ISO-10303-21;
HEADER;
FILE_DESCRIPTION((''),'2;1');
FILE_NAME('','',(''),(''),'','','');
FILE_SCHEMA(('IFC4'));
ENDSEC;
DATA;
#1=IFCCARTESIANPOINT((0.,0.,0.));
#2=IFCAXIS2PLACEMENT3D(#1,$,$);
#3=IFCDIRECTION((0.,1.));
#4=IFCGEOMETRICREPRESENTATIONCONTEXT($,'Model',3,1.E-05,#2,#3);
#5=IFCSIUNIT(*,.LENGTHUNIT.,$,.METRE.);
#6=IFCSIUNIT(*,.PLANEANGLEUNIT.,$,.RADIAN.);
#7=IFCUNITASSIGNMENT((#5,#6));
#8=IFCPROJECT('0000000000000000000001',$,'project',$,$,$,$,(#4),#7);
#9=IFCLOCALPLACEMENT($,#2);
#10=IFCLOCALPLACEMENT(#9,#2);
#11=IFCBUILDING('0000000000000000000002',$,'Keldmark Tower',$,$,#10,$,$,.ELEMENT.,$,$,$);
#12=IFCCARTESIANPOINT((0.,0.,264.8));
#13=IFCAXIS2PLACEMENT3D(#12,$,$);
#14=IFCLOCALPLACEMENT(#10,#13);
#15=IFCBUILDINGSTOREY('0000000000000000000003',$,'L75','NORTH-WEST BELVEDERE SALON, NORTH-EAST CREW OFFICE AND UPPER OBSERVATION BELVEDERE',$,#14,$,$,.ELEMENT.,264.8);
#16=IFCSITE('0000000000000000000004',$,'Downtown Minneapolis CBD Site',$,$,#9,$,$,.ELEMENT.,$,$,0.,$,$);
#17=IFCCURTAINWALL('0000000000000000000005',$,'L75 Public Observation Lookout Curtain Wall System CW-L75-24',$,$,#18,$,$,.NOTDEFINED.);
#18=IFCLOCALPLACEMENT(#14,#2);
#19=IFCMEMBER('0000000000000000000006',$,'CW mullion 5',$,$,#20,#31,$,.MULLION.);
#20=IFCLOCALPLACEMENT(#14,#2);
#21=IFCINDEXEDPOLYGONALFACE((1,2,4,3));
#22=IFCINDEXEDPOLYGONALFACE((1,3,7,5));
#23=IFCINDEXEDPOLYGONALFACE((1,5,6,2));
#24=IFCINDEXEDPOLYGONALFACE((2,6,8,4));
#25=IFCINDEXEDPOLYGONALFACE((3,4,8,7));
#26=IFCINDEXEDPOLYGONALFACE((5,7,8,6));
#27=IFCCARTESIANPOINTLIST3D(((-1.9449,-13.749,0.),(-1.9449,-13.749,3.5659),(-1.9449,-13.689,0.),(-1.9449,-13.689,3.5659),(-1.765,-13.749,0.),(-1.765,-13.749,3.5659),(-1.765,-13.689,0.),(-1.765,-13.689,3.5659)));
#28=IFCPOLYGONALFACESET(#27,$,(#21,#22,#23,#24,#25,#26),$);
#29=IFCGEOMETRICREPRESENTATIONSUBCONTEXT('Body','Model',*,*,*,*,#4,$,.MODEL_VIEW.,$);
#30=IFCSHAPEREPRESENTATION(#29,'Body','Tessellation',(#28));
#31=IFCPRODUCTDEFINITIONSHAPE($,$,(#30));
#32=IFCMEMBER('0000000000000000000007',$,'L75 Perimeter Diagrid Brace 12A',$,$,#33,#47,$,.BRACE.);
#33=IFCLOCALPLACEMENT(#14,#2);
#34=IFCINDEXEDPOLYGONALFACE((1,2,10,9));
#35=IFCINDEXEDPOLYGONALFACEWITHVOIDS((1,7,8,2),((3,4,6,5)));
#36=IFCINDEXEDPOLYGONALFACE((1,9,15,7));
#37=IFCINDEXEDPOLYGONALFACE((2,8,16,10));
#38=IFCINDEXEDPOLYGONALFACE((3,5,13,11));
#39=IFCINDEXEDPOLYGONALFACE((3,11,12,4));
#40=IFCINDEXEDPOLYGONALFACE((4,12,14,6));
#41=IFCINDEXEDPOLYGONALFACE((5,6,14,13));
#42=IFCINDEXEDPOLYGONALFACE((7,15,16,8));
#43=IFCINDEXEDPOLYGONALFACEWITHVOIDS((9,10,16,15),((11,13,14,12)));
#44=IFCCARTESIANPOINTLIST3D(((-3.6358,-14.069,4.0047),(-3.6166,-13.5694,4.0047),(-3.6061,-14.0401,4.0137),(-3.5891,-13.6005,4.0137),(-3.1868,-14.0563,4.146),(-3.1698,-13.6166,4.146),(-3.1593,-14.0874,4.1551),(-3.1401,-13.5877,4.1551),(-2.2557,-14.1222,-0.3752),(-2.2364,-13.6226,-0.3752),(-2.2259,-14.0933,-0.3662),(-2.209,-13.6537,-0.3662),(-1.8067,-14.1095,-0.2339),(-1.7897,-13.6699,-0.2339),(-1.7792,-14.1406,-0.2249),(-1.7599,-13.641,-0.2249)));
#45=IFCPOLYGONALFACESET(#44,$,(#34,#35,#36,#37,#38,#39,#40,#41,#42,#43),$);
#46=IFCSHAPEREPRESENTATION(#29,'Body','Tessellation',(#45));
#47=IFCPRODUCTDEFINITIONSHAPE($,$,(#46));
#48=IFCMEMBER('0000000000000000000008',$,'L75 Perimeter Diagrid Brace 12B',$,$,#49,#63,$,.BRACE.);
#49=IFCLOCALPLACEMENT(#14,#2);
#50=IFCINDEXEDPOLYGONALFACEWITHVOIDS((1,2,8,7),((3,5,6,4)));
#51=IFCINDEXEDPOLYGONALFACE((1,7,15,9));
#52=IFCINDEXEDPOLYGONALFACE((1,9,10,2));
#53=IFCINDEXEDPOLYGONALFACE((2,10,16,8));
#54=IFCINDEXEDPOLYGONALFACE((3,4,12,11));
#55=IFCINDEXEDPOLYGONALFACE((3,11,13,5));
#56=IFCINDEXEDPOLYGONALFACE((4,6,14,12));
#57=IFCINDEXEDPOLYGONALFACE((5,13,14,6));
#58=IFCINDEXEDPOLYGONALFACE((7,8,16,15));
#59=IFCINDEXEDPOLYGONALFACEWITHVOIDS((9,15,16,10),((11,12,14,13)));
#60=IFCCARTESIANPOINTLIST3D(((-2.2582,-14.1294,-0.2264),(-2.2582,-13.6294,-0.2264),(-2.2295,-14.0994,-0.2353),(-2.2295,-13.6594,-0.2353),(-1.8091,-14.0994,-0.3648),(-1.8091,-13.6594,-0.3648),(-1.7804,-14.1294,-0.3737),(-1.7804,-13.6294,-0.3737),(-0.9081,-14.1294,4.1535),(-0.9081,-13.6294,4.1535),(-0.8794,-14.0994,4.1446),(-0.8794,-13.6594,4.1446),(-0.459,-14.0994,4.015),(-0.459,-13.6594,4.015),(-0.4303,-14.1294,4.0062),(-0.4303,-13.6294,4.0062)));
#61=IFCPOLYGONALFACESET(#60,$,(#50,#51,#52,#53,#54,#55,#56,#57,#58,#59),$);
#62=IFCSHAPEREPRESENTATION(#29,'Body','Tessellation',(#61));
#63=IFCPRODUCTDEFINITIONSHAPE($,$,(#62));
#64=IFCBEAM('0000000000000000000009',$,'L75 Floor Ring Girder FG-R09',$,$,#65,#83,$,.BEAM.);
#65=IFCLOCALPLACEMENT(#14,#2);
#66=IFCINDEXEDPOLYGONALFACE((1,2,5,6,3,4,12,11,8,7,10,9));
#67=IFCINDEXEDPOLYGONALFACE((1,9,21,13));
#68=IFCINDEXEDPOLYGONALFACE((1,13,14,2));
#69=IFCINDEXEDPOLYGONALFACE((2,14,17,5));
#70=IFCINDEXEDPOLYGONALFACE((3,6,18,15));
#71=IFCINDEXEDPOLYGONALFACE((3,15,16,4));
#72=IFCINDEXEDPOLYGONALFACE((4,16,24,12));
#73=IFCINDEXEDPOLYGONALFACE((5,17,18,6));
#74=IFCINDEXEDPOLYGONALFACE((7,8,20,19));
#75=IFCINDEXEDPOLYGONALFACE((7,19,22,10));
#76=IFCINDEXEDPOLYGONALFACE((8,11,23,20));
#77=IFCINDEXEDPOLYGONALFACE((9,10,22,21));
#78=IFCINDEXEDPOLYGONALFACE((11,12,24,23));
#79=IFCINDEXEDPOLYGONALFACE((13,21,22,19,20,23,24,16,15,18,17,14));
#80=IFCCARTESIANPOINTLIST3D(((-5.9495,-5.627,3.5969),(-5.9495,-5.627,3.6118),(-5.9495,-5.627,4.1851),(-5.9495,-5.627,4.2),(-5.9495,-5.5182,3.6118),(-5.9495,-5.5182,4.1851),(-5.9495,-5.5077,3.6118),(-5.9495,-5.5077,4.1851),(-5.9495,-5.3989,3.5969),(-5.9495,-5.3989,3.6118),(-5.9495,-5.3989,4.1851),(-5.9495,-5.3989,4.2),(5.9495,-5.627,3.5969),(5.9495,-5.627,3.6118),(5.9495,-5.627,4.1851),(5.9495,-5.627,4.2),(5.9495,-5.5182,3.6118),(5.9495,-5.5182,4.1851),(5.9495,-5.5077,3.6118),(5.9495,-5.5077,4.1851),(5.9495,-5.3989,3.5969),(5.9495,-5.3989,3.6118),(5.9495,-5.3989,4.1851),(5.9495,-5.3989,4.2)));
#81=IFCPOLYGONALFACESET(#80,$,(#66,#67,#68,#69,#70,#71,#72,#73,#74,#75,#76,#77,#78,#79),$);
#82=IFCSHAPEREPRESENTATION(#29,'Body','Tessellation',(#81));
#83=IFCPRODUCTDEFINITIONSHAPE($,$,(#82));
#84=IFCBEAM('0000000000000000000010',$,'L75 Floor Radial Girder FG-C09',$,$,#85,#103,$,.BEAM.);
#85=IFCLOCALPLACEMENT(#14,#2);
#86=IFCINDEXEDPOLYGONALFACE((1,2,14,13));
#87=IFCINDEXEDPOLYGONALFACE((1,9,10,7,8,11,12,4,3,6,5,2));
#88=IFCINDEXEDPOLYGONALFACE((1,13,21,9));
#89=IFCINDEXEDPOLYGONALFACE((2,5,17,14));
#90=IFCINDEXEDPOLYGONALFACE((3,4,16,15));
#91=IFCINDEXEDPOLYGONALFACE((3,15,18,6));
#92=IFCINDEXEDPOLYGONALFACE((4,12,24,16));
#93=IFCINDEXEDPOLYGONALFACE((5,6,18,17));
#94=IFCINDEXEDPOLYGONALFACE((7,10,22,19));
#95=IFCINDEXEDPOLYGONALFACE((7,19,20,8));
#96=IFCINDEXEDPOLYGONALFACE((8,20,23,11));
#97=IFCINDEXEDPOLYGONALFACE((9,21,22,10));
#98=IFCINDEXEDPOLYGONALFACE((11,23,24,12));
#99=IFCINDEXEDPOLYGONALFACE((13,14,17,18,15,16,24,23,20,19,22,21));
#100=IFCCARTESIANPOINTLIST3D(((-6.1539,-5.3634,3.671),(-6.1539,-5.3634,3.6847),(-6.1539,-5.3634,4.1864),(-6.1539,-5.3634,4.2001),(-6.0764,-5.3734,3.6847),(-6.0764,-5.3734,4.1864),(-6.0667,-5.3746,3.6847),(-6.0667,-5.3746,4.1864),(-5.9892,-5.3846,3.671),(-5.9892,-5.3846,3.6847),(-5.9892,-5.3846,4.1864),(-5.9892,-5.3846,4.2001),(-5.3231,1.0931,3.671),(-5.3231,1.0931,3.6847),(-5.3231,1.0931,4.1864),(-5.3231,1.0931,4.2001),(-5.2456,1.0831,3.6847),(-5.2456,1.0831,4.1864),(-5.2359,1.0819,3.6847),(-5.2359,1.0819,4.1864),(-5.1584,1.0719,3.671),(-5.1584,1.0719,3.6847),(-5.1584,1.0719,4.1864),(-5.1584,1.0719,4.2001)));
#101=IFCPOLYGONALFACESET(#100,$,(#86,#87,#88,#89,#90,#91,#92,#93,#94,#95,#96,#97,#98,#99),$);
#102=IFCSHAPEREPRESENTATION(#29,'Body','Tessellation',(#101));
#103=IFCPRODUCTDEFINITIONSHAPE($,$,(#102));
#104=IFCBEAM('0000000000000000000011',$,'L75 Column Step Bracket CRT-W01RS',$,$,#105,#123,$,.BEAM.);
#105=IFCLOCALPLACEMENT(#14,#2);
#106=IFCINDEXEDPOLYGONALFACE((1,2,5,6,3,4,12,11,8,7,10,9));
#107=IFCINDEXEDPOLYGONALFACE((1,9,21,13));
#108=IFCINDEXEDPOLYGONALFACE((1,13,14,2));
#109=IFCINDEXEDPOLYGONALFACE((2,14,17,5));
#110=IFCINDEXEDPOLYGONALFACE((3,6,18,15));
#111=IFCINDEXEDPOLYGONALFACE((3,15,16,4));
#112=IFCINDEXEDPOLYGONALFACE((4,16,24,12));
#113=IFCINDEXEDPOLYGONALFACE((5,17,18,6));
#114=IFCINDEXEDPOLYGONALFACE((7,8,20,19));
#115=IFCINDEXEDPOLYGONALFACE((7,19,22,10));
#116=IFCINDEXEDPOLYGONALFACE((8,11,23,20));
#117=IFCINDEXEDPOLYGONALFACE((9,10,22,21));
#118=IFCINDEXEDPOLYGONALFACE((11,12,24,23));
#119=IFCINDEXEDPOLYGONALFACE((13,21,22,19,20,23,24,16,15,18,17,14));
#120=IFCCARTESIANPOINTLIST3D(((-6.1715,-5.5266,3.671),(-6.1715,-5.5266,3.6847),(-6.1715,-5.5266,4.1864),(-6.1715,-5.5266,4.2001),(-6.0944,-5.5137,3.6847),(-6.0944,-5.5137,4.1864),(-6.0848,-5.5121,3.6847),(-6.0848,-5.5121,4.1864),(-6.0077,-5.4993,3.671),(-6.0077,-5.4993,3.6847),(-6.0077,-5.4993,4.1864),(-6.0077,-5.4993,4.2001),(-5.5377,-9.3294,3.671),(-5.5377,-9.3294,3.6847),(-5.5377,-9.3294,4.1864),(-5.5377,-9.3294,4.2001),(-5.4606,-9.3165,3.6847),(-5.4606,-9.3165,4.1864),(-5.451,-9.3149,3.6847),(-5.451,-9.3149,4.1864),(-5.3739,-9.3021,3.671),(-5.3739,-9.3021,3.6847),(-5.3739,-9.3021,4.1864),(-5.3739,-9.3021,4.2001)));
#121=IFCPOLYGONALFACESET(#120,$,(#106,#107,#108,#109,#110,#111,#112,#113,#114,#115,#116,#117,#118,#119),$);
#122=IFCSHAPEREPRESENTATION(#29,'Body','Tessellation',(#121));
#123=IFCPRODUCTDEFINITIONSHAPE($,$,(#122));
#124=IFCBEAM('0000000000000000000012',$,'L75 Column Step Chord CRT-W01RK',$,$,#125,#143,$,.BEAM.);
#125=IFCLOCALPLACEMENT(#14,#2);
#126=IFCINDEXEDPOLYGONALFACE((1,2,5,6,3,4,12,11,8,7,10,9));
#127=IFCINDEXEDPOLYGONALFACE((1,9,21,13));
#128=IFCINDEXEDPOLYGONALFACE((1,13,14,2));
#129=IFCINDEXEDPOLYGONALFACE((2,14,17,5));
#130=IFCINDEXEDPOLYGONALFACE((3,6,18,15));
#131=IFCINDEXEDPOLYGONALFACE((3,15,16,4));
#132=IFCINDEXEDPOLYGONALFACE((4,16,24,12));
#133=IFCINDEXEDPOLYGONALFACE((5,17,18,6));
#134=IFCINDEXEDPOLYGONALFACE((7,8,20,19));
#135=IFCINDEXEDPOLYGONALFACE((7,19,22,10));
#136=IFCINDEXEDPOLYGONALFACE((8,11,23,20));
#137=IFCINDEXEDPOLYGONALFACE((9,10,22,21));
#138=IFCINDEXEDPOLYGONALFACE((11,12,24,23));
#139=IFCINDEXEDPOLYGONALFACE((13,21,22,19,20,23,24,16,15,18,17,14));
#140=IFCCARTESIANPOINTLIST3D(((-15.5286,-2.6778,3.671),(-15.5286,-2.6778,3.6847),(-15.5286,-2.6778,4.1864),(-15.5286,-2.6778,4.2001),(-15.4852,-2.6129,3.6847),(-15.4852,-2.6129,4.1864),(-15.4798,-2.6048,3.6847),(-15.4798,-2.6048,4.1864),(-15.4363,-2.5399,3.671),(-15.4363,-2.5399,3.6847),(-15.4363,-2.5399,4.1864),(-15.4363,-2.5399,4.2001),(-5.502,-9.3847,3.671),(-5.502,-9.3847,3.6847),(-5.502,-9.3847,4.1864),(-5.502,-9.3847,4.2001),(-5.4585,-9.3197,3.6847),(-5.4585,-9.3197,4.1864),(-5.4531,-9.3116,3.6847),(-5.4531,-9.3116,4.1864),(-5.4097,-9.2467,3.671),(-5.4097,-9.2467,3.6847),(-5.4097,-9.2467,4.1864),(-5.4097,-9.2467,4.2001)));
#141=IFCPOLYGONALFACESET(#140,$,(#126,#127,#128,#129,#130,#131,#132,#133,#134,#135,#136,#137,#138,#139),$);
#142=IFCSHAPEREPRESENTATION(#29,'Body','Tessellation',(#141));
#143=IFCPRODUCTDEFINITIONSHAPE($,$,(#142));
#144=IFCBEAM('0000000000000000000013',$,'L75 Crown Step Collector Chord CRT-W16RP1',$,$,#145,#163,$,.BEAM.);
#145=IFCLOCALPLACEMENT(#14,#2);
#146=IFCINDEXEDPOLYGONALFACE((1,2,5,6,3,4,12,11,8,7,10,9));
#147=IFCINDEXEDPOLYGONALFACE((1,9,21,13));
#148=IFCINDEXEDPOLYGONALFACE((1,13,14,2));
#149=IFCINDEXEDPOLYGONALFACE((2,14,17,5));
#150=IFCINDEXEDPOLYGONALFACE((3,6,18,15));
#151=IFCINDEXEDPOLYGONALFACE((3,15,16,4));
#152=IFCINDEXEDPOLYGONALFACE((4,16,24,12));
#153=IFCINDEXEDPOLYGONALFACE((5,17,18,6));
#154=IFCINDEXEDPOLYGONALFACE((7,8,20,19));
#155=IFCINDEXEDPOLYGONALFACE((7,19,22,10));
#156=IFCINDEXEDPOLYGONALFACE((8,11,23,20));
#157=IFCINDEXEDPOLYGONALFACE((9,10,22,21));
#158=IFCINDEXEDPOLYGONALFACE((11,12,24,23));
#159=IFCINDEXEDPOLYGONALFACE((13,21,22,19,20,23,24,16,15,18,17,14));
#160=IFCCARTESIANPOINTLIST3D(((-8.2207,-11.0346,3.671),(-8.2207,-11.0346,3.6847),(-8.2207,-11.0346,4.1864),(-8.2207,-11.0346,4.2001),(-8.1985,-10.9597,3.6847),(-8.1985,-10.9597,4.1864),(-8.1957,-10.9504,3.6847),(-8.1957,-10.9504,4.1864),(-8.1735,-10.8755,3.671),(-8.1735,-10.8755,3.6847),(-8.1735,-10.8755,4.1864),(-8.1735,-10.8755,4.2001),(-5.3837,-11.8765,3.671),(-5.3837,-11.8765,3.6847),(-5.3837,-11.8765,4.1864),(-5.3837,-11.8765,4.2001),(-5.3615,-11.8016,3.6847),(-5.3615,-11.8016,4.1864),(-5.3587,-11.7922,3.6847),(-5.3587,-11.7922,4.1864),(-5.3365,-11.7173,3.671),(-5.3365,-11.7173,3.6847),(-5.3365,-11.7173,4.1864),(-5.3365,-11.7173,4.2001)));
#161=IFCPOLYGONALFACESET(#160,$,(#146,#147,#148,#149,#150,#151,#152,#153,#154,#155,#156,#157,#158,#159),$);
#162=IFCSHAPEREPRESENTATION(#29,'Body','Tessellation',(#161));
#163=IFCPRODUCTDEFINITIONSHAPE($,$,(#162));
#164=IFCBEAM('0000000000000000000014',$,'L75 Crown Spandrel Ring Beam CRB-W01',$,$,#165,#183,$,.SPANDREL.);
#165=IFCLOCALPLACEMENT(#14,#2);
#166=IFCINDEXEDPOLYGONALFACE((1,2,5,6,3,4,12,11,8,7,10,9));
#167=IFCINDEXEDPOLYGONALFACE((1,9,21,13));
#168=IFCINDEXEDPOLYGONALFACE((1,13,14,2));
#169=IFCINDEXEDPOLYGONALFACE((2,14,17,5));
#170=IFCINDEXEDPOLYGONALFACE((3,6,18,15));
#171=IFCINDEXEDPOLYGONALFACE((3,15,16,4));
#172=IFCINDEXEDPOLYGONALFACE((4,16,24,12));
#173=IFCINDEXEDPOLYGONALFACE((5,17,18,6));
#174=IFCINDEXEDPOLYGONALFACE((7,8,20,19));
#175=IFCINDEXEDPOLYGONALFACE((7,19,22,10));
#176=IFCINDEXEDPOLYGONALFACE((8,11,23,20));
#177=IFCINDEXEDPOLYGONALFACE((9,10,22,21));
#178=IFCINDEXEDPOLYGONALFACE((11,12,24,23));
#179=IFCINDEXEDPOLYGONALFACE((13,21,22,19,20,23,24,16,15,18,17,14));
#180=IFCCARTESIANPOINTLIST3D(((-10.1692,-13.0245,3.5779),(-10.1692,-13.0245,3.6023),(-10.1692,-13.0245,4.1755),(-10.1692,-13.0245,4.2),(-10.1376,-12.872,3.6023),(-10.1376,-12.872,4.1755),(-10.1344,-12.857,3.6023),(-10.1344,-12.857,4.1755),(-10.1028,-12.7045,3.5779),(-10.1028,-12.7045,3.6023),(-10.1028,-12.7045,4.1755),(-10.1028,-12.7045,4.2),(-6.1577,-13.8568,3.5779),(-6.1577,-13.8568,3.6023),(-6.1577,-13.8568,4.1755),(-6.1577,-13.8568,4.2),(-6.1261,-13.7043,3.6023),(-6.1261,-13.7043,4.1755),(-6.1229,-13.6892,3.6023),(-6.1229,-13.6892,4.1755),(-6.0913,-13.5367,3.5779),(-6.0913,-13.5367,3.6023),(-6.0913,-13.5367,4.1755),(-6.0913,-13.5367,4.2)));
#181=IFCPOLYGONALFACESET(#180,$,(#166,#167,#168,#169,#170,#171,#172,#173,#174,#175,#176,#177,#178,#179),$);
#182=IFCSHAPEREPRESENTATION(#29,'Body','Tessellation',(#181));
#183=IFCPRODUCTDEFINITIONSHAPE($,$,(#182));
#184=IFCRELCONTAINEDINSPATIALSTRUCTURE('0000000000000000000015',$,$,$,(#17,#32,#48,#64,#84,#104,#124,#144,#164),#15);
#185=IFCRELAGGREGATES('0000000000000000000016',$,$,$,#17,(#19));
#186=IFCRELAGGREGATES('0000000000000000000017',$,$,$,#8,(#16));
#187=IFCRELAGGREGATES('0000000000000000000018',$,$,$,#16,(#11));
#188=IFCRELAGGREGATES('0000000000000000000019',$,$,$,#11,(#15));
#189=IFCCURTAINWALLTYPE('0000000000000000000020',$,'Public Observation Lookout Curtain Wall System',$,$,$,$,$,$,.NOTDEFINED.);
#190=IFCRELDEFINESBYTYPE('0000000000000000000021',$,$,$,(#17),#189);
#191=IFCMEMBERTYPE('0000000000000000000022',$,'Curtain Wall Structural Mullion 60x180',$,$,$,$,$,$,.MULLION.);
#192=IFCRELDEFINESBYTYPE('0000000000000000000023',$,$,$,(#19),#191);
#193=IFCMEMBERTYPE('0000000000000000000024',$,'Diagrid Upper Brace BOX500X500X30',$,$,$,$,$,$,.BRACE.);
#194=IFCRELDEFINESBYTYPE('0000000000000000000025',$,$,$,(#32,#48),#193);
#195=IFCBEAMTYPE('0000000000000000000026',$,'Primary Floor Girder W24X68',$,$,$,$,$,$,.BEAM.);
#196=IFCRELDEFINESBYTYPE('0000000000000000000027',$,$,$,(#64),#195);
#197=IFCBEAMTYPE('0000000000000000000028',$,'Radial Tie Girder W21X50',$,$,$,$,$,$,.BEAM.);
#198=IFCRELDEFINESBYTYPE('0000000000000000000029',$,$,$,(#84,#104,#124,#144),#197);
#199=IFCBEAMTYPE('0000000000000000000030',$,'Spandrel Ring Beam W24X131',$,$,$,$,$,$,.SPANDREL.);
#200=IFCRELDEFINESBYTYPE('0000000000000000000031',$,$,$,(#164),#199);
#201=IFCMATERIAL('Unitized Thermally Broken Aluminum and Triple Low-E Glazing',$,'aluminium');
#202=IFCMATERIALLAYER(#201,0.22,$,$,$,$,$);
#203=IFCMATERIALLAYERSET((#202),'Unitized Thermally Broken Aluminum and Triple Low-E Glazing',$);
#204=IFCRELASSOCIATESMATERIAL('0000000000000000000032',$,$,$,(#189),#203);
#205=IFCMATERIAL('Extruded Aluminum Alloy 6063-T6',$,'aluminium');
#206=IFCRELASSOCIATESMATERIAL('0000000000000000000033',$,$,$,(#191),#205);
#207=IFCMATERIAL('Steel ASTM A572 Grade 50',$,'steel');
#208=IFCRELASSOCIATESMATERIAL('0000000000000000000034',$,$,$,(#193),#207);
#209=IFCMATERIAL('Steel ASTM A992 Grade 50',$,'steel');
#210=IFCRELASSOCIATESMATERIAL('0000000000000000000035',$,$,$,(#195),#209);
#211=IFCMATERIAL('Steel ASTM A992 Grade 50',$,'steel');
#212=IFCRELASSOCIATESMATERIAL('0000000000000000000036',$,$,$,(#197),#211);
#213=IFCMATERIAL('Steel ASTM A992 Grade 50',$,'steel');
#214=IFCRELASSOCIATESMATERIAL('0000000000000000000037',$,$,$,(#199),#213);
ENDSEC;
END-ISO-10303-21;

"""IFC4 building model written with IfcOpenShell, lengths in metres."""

from ifc_helpers import new_model, si_unit, direction, frame, origin, origin_2d, place, context, subcontext, project, spatial, rectangle, hollow_rectangle, i_section, extrude, material, layer, layer_set, material_profile, profile_set, type_object, element, aggregate, save


model = new_model("IFC4")

# Units and contexts
model_context = context("Model", 3, precision=1e-05, world=origin(), true_north=direction((0.0, 1.0)))
body_context = subcontext(model_context, "Body", "Model", "MODEL_VIEW")
ifc_project = project(units=[si_unit("LENGTHUNIT", "METRE"), si_unit("PLANEANGLEUNIT", "RADIAN")], contexts=[model_context])

# Site, building, storey
site_placement = place(None, origin())
site = spatial("IfcSite", under=ifc_project, at=site_placement, Name="Downtown Minneapolis CBD Site", CompositionType="ELEMENT", RefElevation=0.0)
building_placement = place(site_placement, origin())
building = spatial("IfcBuilding", under=site, at=building_placement, Name="Keldmark Tower", CompositionType="ELEMENT")
storey_placement = place(building_placement, frame((0.0, 0.0, 264.8)))
storey = spatial("IfcBuildingStorey", under=building, at=storey_placement, Name="L75", Description="NORTH-WEST BELVEDERE SALON, NORTH-EAST CREW OFFICE AND UPPER OBSERVATION BELVEDERE", CompositionType="ELEMENT", Elevation=264.8)

# Curtain wall
ifc_material_1 = material(Name="Unitized Thermally Broken Aluminum and Triple Low-E Glazing", Category="aluminium")
ifc_layer_1 = layer(ifc_material_1, 0.22)
ifc_layer_set_1 = layer_set([ifc_layer_1], Name="Unitized Thermally Broken Aluminum and Triple Low-E Glazing")
curtain_wall_type = type_object("IfcCurtainWallType", Name="Public Observation Lookout Curtain Wall System", PredefinedType="NOTDEFINED", material=ifc_layer_set_1)
curtain_wall_1_placement = place(storey_placement, origin())
curtain_wall_1 = element("IfcCurtainWall", 1, at=curtain_wall_1_placement, inside=storey, type_object=curtain_wall_type, Name="L75 Public Observation Lookout Curtain Wall System CW-L75-24", PredefinedType="NOTDEFINED")

# Member
ifc_material_2 = material(Name="Extruded Aluminum Alloy 6063-T6", Category="aluminium")
ifc_material_profile_1 = material_profile(ifc_material_2, rectangle(XDim=0.0601, YDim=0.1799, at=origin_2d()), Name="CWM60X180")
ifc_profile_set_1 = profile_set([ifc_material_profile_1], Name="Extruded Aluminum Alloy 6063-T6")
member_type_1 = type_object("IfcMemberType", Name="Curtain Wall Structural Mullion 60x180", PredefinedType="MULLION", material=ifc_profile_set_1)
member_1_placement = place(storey_placement, frame((-1.855, -13.719, 0.0), z_axis=(0.0, 0.0, 1.0), x_axis=(0.0, -1.0, 0.0)))
member_1 = element("IfcMember", 2, at=member_1_placement, type_object=member_type_1, Name="CW mullion 5", PredefinedType="MULLION", context=body_context, shape_type="SweptSolid", body=[
    extrude(rectangle(XDim=0.0601, YDim=0.1799, at=origin_2d()), origin(), (0.0, 0.0, 1.0), 3.5659),
])

# Members
ifc_material_3 = material(Name="Steel ASTM A572 Grade 50", Category="steel")
ifc_material_profile_2 = material_profile(ifc_material_3, hollow_rectangle(XDim=0.5, YDim=0.5, WallThickness=0.03, at=origin_2d()), Name="BOX500X500X30")
ifc_profile_set_2 = profile_set([ifc_material_profile_2], Name="Steel ASTM A572 Grade 50")
member_type_2 = type_object("IfcMemberType", Name="Diagrid Upper Brace BOX500X500X30", PredefinedType="BRACE", material=ifc_profile_set_2)
member_2_placement = place(storey_placement, frame((-2.0078, -13.8816, -0.3), z_axis=(-0.300518, 0.011589, 0.953706), x_axis=(-0.038535, -0.999257, 0.0)))
element("IfcMember", 3, at=member_2_placement, inside=storey, type_object=member_type_2, Name="L75 Perimeter Diagrid Brace 12A", PredefinedType="BRACE", context=body_context, shape_type="SweptSolid", body=[
    extrude(hollow_rectangle(XDim=0.5, YDim=0.5, WallThickness=0.03, at=origin_2d()), origin(), (0.0, 0.0, 1.0), 4.5925),
])
member_3_placement = place(storey_placement, frame((-2.0193, -13.8794, -0.3), z_axis=(0.294572, 0.0, 0.955629), x_axis=(0.0, 1.0, 0.0)))
element("IfcMember", 4, at=member_3_placement, inside=storey, type_object=member_type_2, Name="L75 Perimeter Diagrid Brace 12B", PredefinedType="BRACE", context=body_context, shape_type="SweptSolid", body=[
    extrude(hollow_rectangle(XDim=0.5, YDim=0.5, WallThickness=0.03, at=origin_2d()), origin(), (0.0, 0.0, 1.0), 4.5833),
])

# Beams
ifc_material_4 = material(Name="Steel ASTM A992 Grade 50", Category="steel")
ifc_material_profile_3 = material_profile(ifc_material_4, i_section(OverallWidth=0.228, OverallDepth=0.603, WebThickness=0.0105, FlangeThickness=0.0149, at=origin_2d()), Name="W24X68")
ifc_profile_set_3 = profile_set([ifc_material_profile_3], Name="Steel ASTM A992 Grade 50")
beam_type_1 = type_object("IfcBeamType", Name="Primary Floor Girder W24X68", PredefinedType="BEAM", material=ifc_profile_set_3)
beam_1_placement = place(storey_placement, frame((-5.9495, -5.5129, 3.8984), z_axis=(1.0, 0.0, 0.0), x_axis=(0.0, 1.0, 0.0)))
element("IfcBeam", 5, at=beam_1_placement, inside=storey, type_object=beam_type_1, Name="L75 Floor Ring Girder FG-R09", PredefinedType="BEAM", context=body_context, shape_type="SweptSolid", body=[
    extrude(i_section(OverallWidth=0.228, OverallDepth=0.603, WebThickness=0.0105, FlangeThickness=0.0149, at=origin_2d()), origin(), (0.0, 0.0, 1.0), 11.8989),
])
ifc_material_5 = material(Name="Steel ASTM A992 Grade 50", Category="steel")
ifc_material_profile_4 = material_profile(ifc_material_5, i_section(OverallWidth=0.166, OverallDepth=0.5291, WebThickness=0.0098, FlangeThickness=0.0137, at=origin_2d()), Name="W21X50")
ifc_profile_set_4 = profile_set([ifc_material_profile_4], Name="Steel ASTM A992 Grade 50")
beam_type_2 = type_object("IfcBeamType", Name="Radial Tie Girder W21X50", PredefinedType="BEAM", material=ifc_profile_set_4)
beam_2_placement = place(storey_placement, frame((-6.0715, -5.374, 3.9355), z_axis=(0.127625, 0.991822, 0.0), x_axis=(-0.991822, 0.127625, 0.0)))
element("IfcBeam", 6, at=beam_2_placement, inside=storey, type_object=beam_type_2, Name="L75 Floor Radial Girder FG-C09", PredefinedType="BEAM", context=body_context, shape_type="SweptSolid", body=[
    extrude(i_section(OverallWidth=0.166, OverallDepth=0.5291, WebThickness=0.0098, FlangeThickness=0.0137, at=origin_2d()), origin(), (0.0, 0.0, 1.0), 6.5098),
])
beam_3_placement = place(storey_placement, frame((-6.0896, -5.5129, 3.9355), z_axis=(0.164399, -0.986394, 0.0), x_axis=(0.986394, 0.164399, 0.0)))
element("IfcBeam", 7, at=beam_3_placement, inside=storey, type_object=beam_type_2, Name="L75 Column Step Bracket CRT-W01RS", PredefinedType="BEAM", context=body_context, shape_type="SweptSolid", body=[
    extrude(i_section(OverallWidth=0.166, OverallDepth=0.5291, WebThickness=0.0098, FlangeThickness=0.0137, at=origin_2d()), origin(), (0.0, 0.0, 1.0), 3.8552),
])
beam_4_placement = place(storey_placement, frame((-5.4558, -9.3157, 3.9355), z_axis=(-0.831193, 0.555984, 0.0), x_axis=(-0.555984, -0.831193, 0.0)))
element("IfcBeam", 8, at=beam_4_placement, inside=storey, type_object=beam_type_2, Name="L75 Column Step Chord CRT-W01RK", PredefinedType="BEAM", context=body_context, shape_type="SweptSolid", body=[
    extrude(i_section(OverallWidth=0.166, OverallDepth=0.5291, WebThickness=0.0098, FlangeThickness=0.0137, at=origin_2d()), origin(), (0.0, 0.0, 1.0), 12.063),
])
beam_5_placement = place(storey_placement, frame((-5.3601, -11.7969, 3.9355), z_axis=(-0.958685, 0.28447, 0.0), x_axis=(-0.28447, -0.958685, 0.0)))
element("IfcBeam", 9, at=beam_5_placement, inside=storey, type_object=beam_type_2, Name="L75 Crown Step Collector Chord CRT-W16RP1", PredefinedType="BEAM", context=body_context, shape_type="SweptSolid", body=[
    extrude(i_section(OverallWidth=0.166, OverallDepth=0.5291, WebThickness=0.0098, FlangeThickness=0.0137, at=origin_2d()), origin(), (0.0, 0.0, 1.0), 2.9592),
])
ifc_material_6 = material(Name="Steel ASTM A992 Grade 50", Category="steel")
ifc_material_profile_5 = material_profile(ifc_material_6, i_section(OverallWidth=0.3269, OverallDepth=0.6221, WebThickness=0.0154, FlangeThickness=0.0244, at=origin_2d()), Name="W24X131")
ifc_profile_set_5 = profile_set([ifc_material_profile_5], Name="Steel ASTM A992 Grade 50")
beam_type_3 = type_object("IfcBeamType", Name="Spandrel Ring Beam W24X131", PredefinedType="SPANDREL", material=ifc_profile_set_5)
beam_6_placement = place(storey_placement, frame((-6.1245, -13.6968, 3.8889), z_axis=(-0.979148, 0.203147, 0.0), x_axis=(-0.203147, -0.979148, 0.0)))
element("IfcBeam", 10, at=beam_6_placement, inside=storey, type_object=beam_type_3, Name="L75 Crown Spandrel Ring Beam CRB-W01", PredefinedType="SPANDREL", context=body_context, shape_type="SweptSolid", body=[
    extrude(i_section(OverallWidth=0.3269, OverallDepth=0.6221, WebThickness=0.0154, FlangeThickness=0.0244, at=origin_2d()), origin(), (0.0, 0.0, 1.0), 4.0969),
])

aggregate(curtain_wall_1, [member_1])

save(model, "model.ifc")
